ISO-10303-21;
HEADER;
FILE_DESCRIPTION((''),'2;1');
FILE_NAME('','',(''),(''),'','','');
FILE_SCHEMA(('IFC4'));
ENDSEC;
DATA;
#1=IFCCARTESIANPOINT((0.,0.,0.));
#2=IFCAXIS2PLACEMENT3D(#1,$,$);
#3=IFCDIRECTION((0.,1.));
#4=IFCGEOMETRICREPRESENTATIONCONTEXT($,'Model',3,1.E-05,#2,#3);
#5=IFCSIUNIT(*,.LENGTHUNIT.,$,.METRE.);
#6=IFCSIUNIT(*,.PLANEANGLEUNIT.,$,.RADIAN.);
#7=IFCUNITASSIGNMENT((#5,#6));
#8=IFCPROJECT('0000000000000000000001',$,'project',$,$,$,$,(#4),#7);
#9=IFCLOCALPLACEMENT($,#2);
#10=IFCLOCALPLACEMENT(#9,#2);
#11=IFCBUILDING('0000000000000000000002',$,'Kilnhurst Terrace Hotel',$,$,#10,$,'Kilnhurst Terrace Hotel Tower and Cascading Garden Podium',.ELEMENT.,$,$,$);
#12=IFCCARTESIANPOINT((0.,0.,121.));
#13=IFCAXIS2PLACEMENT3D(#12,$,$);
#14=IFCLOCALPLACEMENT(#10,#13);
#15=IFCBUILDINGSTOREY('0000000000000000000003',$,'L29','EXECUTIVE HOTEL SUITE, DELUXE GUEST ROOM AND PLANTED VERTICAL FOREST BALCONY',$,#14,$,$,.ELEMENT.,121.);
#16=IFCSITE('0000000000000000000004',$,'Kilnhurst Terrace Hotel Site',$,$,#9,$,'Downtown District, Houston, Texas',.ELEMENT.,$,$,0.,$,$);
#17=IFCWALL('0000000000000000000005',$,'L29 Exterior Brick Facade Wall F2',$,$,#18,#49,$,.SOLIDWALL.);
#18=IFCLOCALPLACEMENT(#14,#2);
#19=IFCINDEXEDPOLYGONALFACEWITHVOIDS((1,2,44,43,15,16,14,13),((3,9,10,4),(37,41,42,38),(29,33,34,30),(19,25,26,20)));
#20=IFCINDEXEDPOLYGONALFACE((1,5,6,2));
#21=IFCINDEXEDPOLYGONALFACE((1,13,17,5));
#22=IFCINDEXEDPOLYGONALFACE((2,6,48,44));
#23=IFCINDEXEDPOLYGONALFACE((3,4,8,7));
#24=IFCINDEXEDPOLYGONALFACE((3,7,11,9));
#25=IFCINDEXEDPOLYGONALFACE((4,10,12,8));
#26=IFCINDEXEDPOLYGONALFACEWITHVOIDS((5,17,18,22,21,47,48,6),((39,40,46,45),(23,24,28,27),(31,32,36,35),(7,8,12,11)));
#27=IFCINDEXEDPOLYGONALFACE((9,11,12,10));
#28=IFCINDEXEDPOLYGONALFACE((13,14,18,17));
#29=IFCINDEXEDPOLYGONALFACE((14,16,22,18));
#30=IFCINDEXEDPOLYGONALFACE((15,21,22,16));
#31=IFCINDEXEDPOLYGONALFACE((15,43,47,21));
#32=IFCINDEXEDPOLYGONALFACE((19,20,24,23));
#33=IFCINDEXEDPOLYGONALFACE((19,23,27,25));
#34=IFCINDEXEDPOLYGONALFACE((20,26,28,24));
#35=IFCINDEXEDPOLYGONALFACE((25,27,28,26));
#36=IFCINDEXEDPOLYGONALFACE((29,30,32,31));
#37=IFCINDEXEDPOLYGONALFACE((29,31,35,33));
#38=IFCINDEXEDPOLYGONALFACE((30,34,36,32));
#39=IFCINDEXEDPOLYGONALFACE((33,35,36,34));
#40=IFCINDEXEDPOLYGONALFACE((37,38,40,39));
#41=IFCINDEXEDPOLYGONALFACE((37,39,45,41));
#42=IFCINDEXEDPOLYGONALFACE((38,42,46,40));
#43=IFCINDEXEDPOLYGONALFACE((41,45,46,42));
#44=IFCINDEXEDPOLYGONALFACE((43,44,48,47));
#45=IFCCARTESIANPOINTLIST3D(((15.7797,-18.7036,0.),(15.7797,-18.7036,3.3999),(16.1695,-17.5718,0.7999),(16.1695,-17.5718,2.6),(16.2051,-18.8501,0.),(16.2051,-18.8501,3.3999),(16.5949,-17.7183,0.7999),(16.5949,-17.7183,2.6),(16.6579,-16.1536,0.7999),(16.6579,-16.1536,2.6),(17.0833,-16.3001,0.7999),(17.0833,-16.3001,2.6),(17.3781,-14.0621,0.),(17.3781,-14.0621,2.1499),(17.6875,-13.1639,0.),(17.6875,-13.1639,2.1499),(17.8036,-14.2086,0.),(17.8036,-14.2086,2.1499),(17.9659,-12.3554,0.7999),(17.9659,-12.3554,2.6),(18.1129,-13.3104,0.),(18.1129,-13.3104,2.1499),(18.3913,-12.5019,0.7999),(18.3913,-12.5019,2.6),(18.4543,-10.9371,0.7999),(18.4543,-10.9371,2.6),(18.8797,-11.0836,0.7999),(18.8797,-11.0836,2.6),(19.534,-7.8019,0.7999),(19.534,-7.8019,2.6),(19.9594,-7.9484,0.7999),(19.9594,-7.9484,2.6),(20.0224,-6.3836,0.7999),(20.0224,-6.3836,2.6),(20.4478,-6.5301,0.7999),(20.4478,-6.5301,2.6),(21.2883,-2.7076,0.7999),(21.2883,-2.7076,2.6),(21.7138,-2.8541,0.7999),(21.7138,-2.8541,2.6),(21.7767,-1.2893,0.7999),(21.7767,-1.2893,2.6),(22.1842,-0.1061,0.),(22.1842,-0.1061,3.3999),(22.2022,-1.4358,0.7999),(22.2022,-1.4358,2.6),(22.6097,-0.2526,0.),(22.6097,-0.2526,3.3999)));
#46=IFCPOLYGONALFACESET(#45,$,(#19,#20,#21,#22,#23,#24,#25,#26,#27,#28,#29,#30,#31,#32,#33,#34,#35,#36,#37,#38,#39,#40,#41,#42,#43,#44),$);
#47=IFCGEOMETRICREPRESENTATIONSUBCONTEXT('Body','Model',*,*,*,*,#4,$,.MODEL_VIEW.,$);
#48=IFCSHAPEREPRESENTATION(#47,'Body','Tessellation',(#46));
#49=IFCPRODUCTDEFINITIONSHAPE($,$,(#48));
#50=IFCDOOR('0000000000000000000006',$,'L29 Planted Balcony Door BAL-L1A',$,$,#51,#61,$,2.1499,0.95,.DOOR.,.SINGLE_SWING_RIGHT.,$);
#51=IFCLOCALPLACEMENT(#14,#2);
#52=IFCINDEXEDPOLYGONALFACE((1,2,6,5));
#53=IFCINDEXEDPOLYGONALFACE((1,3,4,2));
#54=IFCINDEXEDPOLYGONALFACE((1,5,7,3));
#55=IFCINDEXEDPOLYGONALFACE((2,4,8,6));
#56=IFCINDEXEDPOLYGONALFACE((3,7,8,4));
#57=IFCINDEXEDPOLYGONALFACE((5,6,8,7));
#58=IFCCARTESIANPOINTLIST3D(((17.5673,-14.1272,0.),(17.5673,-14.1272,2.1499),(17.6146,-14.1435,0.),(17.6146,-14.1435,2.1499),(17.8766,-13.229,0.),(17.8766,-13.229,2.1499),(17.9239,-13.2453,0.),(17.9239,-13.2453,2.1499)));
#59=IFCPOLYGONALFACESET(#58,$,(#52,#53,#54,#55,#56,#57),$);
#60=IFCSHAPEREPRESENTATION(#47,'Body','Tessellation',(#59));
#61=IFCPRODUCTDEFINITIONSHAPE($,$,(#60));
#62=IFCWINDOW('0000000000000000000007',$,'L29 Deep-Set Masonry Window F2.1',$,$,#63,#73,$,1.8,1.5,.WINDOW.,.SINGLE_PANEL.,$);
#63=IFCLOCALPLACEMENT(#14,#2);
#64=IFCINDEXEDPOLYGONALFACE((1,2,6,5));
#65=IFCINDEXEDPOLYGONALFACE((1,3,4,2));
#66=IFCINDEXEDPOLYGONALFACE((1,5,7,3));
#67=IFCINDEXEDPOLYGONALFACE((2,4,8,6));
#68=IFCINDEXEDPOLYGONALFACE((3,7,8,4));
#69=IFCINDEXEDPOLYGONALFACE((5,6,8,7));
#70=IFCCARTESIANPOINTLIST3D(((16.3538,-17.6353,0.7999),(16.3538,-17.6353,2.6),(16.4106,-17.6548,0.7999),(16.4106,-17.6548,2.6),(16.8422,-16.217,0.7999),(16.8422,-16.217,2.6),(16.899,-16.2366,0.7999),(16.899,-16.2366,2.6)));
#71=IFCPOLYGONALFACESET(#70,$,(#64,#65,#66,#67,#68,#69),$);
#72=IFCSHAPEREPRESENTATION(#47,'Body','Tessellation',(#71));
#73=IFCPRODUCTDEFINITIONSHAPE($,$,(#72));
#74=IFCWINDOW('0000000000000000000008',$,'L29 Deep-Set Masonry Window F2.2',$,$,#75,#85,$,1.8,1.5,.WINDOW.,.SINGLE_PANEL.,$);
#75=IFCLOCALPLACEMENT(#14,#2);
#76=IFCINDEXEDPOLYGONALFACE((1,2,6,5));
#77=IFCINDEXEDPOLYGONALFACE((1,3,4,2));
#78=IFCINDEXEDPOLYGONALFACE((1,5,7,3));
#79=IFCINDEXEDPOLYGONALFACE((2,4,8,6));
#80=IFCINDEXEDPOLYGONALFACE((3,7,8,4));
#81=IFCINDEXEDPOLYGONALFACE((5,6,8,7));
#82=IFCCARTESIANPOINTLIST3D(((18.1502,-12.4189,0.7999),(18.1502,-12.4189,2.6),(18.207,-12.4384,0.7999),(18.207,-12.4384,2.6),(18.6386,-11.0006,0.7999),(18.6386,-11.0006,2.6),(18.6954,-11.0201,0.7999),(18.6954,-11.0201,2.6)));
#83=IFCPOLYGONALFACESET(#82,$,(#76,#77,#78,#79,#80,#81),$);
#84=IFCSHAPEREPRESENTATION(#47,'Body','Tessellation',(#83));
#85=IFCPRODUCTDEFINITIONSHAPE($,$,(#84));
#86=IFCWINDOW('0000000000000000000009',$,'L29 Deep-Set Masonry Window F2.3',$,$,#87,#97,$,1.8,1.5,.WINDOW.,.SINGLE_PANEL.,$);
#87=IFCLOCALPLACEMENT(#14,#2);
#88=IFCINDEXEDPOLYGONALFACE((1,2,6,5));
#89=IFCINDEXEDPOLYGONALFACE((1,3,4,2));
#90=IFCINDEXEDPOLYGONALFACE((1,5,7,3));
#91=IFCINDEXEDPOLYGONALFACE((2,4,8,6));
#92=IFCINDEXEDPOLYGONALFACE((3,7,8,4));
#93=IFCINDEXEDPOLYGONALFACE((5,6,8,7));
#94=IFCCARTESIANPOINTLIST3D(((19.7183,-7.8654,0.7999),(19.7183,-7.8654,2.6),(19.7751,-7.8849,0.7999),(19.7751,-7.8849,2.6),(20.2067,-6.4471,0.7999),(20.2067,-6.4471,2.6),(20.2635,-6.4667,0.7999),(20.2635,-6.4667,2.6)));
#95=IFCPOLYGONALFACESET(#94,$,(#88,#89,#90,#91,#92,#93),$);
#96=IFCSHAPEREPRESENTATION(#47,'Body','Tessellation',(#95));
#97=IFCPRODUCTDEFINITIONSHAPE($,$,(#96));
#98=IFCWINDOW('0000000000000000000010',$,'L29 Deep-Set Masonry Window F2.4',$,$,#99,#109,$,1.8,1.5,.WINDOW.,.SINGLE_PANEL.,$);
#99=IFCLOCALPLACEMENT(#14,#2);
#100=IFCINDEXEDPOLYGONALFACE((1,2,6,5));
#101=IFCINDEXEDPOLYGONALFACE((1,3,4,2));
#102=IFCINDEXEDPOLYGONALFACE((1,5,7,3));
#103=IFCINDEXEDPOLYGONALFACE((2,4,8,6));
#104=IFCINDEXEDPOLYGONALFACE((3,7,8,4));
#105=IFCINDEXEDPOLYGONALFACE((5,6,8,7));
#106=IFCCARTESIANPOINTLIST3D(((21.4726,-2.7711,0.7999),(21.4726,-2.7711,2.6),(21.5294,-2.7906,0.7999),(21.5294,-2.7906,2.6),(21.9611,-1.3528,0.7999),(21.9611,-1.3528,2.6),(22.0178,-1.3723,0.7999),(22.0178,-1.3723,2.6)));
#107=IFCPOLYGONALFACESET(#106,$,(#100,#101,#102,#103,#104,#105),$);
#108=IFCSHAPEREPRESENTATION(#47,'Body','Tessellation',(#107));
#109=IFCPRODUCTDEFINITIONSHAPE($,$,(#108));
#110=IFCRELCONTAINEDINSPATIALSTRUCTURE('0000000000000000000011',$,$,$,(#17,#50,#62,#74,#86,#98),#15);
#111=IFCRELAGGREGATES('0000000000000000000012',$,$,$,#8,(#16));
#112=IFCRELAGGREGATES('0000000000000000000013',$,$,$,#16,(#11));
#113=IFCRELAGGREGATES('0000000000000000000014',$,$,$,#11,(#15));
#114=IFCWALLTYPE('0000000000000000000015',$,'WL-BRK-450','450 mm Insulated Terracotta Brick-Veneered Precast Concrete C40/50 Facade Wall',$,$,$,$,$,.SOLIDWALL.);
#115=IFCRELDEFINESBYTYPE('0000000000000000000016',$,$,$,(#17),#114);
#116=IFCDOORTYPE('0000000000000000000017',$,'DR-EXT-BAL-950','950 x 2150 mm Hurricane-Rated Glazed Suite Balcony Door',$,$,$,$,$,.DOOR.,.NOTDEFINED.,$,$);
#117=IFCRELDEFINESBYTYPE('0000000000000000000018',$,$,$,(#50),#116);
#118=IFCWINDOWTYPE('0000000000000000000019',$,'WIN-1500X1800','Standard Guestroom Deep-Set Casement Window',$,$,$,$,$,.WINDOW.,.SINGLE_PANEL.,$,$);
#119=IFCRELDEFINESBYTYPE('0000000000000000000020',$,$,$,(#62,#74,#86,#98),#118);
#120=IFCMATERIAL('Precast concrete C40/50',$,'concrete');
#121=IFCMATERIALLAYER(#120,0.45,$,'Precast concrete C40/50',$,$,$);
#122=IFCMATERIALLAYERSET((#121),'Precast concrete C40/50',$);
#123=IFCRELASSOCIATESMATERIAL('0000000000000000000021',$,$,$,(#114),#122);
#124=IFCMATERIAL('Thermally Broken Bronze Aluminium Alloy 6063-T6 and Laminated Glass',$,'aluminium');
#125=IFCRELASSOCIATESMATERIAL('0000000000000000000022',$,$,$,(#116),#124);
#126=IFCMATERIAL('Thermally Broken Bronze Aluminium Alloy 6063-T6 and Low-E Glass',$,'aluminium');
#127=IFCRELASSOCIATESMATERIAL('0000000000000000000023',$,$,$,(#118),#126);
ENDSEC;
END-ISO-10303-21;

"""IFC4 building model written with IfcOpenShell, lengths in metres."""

from ifc_helpers import new_model, si_unit, direction, frame, frame_2d, origin, place, context, subcontext, project, spatial, rectangle, extrude, material, layer, layer_set, type_object, element, fill, save


model = new_model("IFC4")

# Units and contexts
model_context = context("Model", 3, precision=1e-05, world=origin(), true_north=direction((0.0, 1.0)))
body_context = subcontext(model_context, "Body", "Model", "MODEL_VIEW")
ifc_project = project(units=[si_unit("LENGTHUNIT", "METRE"), si_unit("PLANEANGLEUNIT", "RADIAN")], contexts=[model_context])

# Site, building, storey
site_placement = place(None, origin())
site = spatial("IfcSite", under=ifc_project, at=site_placement, Name="Kilnhurst Terrace Hotel Site", LongName="Downtown District, Houston, Texas", CompositionType="ELEMENT", RefElevation=0.0)
building_placement = place(site_placement, origin())
building = spatial("IfcBuilding", under=site, at=building_placement, Name="Kilnhurst Terrace Hotel", LongName="Kilnhurst Terrace Hotel Tower and Cascading Garden Podium", CompositionType="ELEMENT")
storey_placement = place(building_placement, frame((0.0, 0.0, 121.0)))
storey = spatial("IfcBuildingStorey", under=building, at=storey_placement, Name="L29", Description="EXECUTIVE HOTEL SUITE, DELUXE GUEST ROOM AND PLANTED VERTICAL FOREST BALCONY", CompositionType="ELEMENT", Elevation=121.0)

# Shared definitions
ifc_material_1 = material(Name="Precast concrete C40/50", Category="concrete")
ifc_layer_1 = layer(ifc_material_1, 0.45, Name="Precast concrete C40/50")
ifc_layer_set_1 = layer_set([ifc_layer_1], Name="Precast concrete C40/50")
wall_type_1 = type_object("IfcWallType", Name="WL-BRK-450", Description="450 mm Insulated Terracotta Brick-Veneered Precast Concrete C40/50 Facade Wall", PredefinedType="SOLIDWALL", material=ifc_layer_set_1)

# Wall, openings, door, windows
wall_1_placement = place(storey_placement, frame((15.9924, -18.7769, 0.0), z_axis=(0.0, 0.0, 1.0), x_axis=(0.325607, 0.945505, 0.0)))
wall_1 = element("IfcWall", 1, at=wall_1_placement, inside=storey, type_object=wall_type_1, Name="L29 Exterior Brick Facade Wall F2", PredefinedType="SOLIDWALL", context=body_context, shape_type="SweptSolid", body=[
    extrude(rectangle(XDim=19.6694, YDim=0.45, at=frame_2d((9.8347, 0.0))), origin(), (0.0, 0.0, 1.0), 3.3999),
])
opening_1_placement = place(wall_1_placement, frame((4.9089, 0.0, 0.0)))
opening_1 = element("IfcOpeningElement", 2, at=opening_1_placement, cuts=wall_1, PredefinedType="OPENING", context=body_context, shape_type="SweptSolid", body=[
    extrude(rectangle(XDim=0.95, YDim=2.1499, at=frame_2d((0.4751, 1.075))), frame((0.0, 0.2349, 0.0), z_axis=(0.0, -1.0, 0.0), x_axis=(1.0, 0.0, 0.0)), (0.0, 0.0, 1.0), 0.47),
])
opening_2_placement = place(wall_1_placement, frame((1.197, 0.0, 0.8)))
opening_2 = element("IfcOpeningElement", 3, at=opening_2_placement, cuts=wall_1, PredefinedType="OPENING", context=body_context, shape_type="SweptSolid", body=[
    extrude(rectangle(XDim=1.5, YDim=1.8, at=frame_2d((0.75, 0.8999))), frame((0.0, 0.2349, 0.0), z_axis=(0.0, -1.0, 0.0), x_axis=(1.0, 0.0, 0.0)), (0.0, 0.0, 1.0), 0.47),
])
opening_3_placement = place(wall_1_placement, frame((6.7141, 0.0, 0.8)))
opening_3 = element("IfcOpeningElement", 4, at=opening_3_placement, cuts=wall_1, PredefinedType="OPENING", context=body_context, shape_type="SweptSolid", body=[
    extrude(rectangle(XDim=1.5, YDim=1.8, at=frame_2d((0.75, 0.8999))), frame((0.0, 0.2349, 0.0), z_axis=(0.0, -1.0, 0.0), x_axis=(1.0, 0.0, 0.0)), (0.0, 0.0, 1.0), 0.47),
])
opening_4_placement = place(wall_1_placement, frame((11.53, 0.0, 0.8)))
opening_4 = element("IfcOpeningElement", 5, at=opening_4_placement, cuts=wall_1, PredefinedType="OPENING", context=body_context, shape_type="SweptSolid", body=[
    extrude(rectangle(XDim=1.5, YDim=1.8, at=frame_2d((0.75, 0.8999))), frame((0.0, 0.2349, 0.0), z_axis=(0.0, -1.0, 0.0), x_axis=(1.0, 0.0, 0.0)), (0.0, 0.0, 1.0), 0.47),
])
opening_5_placement = place(wall_1_placement, frame((16.918, 0.0, 0.8)))
opening_5 = element("IfcOpeningElement", 6, at=opening_5_placement, cuts=wall_1, PredefinedType="OPENING", context=body_context, shape_type="SweptSolid", body=[
    extrude(rectangle(XDim=1.5, YDim=1.8, at=frame_2d((0.75, 0.8999))), frame((0.0, 0.2349, 0.0), z_axis=(0.0, -1.0, 0.0), x_axis=(1.0, 0.0, 0.0)), (0.0, 0.0, 1.0), 0.47),
])
ifc_material_2 = material(Name="Thermally Broken Bronze Aluminium Alloy 6063-T6 and Laminated Glass", Category="aluminium")
door_type_1 = type_object("IfcDoorType", Name="DR-EXT-BAL-950", Description="950 x 2150 mm Hurricane-Rated Glazed Suite Balcony Door", OperationType="NOTDEFINED", PredefinedType="DOOR", material=ifc_material_2)
door_1_placement = place(opening_1_placement, origin())
door_1 = element("IfcDoor", 7, at=door_1_placement, inside=storey, type_object=door_type_1, Name="L29 Planted Balcony Door BAL-L1A", OperationType="SINGLE_SWING_RIGHT", OverallHeight=2.1499, OverallWidth=0.95, PredefinedType="DOOR", context=body_context, shape_type="SweptSolid", body=[
    extrude(rectangle(XDim=0.95, YDim=2.1499, at=frame_2d((0.4751, 1.075))), frame((0.0, 0.0249, 0.0), z_axis=(0.0, -1.0, 0.0), x_axis=(1.0, 0.0, 0.0)), (0.0, 0.0, 1.0), 0.05),
])
fill(opening_1, door_1)
ifc_material_3 = material(Name="Thermally Broken Bronze Aluminium Alloy 6063-T6 and Low-E Glass", Category="aluminium")
window_type = type_object("IfcWindowType", Name="WIN-1500X1800", Description="Standard Guestroom Deep-Set Casement Window", PartitioningType="SINGLE_PANEL", PredefinedType="WINDOW", material=ifc_material_3)
window_1_placement = place(opening_2_placement, origin())
window_1 = element("IfcWindow", 8, at=window_1_placement, inside=storey, type_object=window_type, Name="L29 Deep-Set Masonry Window F2.1", OverallHeight=1.8, OverallWidth=1.5, PartitioningType="SINGLE_PANEL", PredefinedType="WINDOW", context=body_context, shape_type="SweptSolid", body=[
    extrude(rectangle(XDim=1.5, YDim=1.8, at=frame_2d((0.75, 0.8999))), frame((0.0, 0.03, 0.0), z_axis=(0.0, -1.0, 0.0), x_axis=(1.0, 0.0, 0.0)), (0.0, 0.0, 1.0), 0.0601),
])
fill(opening_2, window_1)
window_2_placement = place(opening_3_placement, origin())
window_2 = element("IfcWindow", 9, at=window_2_placement, inside=storey, type_object=window_type, Name="L29 Deep-Set Masonry Window F2.2", OverallHeight=1.8, OverallWidth=1.5, PartitioningType="SINGLE_PANEL", PredefinedType="WINDOW", context=body_context, shape_type="SweptSolid", body=[
    extrude(rectangle(XDim=1.5, YDim=1.8, at=frame_2d((0.75, 0.8999))), frame((0.0, 0.03, 0.0), z_axis=(0.0, -1.0, 0.0), x_axis=(1.0, 0.0, 0.0)), (0.0, 0.0, 1.0), 0.0601),
])
fill(opening_3, window_2)
window_3_placement = place(opening_4_placement, origin())
window_3 = element("IfcWindow", 10, at=window_3_placement, inside=storey, type_object=window_type, Name="L29 Deep-Set Masonry Window F2.3", OverallHeight=1.8, OverallWidth=1.5, PartitioningType="SINGLE_PANEL", PredefinedType="WINDOW", context=body_context, shape_type="SweptSolid", body=[
    extrude(rectangle(XDim=1.5, YDim=1.8, at=frame_2d((0.75, 0.8999))), frame((0.0, 0.03, 0.0), z_axis=(0.0, -1.0, 0.0), x_axis=(1.0, 0.0, 0.0)), (0.0, 0.0, 1.0), 0.0601),
])
fill(opening_4, window_3)
window_4_placement = place(opening_5_placement, origin())
window_4 = element("IfcWindow", 11, at=window_4_placement, inside=storey, type_object=window_type, Name="L29 Deep-Set Masonry Window F2.4", OverallHeight=1.8, OverallWidth=1.5, PartitioningType="SINGLE_PANEL", PredefinedType="WINDOW", context=body_context, shape_type="SweptSolid", body=[
    extrude(rectangle(XDim=1.5, YDim=1.8, at=frame_2d((0.75, 0.8999))), frame((0.0, 0.03, 0.0), z_axis=(0.0, -1.0, 0.0), x_axis=(1.0, 0.0, 0.0)), (0.0, 0.0, 1.0), 0.0601),
])
fill(opening_5, window_4)

save(model, "model.ifc")
